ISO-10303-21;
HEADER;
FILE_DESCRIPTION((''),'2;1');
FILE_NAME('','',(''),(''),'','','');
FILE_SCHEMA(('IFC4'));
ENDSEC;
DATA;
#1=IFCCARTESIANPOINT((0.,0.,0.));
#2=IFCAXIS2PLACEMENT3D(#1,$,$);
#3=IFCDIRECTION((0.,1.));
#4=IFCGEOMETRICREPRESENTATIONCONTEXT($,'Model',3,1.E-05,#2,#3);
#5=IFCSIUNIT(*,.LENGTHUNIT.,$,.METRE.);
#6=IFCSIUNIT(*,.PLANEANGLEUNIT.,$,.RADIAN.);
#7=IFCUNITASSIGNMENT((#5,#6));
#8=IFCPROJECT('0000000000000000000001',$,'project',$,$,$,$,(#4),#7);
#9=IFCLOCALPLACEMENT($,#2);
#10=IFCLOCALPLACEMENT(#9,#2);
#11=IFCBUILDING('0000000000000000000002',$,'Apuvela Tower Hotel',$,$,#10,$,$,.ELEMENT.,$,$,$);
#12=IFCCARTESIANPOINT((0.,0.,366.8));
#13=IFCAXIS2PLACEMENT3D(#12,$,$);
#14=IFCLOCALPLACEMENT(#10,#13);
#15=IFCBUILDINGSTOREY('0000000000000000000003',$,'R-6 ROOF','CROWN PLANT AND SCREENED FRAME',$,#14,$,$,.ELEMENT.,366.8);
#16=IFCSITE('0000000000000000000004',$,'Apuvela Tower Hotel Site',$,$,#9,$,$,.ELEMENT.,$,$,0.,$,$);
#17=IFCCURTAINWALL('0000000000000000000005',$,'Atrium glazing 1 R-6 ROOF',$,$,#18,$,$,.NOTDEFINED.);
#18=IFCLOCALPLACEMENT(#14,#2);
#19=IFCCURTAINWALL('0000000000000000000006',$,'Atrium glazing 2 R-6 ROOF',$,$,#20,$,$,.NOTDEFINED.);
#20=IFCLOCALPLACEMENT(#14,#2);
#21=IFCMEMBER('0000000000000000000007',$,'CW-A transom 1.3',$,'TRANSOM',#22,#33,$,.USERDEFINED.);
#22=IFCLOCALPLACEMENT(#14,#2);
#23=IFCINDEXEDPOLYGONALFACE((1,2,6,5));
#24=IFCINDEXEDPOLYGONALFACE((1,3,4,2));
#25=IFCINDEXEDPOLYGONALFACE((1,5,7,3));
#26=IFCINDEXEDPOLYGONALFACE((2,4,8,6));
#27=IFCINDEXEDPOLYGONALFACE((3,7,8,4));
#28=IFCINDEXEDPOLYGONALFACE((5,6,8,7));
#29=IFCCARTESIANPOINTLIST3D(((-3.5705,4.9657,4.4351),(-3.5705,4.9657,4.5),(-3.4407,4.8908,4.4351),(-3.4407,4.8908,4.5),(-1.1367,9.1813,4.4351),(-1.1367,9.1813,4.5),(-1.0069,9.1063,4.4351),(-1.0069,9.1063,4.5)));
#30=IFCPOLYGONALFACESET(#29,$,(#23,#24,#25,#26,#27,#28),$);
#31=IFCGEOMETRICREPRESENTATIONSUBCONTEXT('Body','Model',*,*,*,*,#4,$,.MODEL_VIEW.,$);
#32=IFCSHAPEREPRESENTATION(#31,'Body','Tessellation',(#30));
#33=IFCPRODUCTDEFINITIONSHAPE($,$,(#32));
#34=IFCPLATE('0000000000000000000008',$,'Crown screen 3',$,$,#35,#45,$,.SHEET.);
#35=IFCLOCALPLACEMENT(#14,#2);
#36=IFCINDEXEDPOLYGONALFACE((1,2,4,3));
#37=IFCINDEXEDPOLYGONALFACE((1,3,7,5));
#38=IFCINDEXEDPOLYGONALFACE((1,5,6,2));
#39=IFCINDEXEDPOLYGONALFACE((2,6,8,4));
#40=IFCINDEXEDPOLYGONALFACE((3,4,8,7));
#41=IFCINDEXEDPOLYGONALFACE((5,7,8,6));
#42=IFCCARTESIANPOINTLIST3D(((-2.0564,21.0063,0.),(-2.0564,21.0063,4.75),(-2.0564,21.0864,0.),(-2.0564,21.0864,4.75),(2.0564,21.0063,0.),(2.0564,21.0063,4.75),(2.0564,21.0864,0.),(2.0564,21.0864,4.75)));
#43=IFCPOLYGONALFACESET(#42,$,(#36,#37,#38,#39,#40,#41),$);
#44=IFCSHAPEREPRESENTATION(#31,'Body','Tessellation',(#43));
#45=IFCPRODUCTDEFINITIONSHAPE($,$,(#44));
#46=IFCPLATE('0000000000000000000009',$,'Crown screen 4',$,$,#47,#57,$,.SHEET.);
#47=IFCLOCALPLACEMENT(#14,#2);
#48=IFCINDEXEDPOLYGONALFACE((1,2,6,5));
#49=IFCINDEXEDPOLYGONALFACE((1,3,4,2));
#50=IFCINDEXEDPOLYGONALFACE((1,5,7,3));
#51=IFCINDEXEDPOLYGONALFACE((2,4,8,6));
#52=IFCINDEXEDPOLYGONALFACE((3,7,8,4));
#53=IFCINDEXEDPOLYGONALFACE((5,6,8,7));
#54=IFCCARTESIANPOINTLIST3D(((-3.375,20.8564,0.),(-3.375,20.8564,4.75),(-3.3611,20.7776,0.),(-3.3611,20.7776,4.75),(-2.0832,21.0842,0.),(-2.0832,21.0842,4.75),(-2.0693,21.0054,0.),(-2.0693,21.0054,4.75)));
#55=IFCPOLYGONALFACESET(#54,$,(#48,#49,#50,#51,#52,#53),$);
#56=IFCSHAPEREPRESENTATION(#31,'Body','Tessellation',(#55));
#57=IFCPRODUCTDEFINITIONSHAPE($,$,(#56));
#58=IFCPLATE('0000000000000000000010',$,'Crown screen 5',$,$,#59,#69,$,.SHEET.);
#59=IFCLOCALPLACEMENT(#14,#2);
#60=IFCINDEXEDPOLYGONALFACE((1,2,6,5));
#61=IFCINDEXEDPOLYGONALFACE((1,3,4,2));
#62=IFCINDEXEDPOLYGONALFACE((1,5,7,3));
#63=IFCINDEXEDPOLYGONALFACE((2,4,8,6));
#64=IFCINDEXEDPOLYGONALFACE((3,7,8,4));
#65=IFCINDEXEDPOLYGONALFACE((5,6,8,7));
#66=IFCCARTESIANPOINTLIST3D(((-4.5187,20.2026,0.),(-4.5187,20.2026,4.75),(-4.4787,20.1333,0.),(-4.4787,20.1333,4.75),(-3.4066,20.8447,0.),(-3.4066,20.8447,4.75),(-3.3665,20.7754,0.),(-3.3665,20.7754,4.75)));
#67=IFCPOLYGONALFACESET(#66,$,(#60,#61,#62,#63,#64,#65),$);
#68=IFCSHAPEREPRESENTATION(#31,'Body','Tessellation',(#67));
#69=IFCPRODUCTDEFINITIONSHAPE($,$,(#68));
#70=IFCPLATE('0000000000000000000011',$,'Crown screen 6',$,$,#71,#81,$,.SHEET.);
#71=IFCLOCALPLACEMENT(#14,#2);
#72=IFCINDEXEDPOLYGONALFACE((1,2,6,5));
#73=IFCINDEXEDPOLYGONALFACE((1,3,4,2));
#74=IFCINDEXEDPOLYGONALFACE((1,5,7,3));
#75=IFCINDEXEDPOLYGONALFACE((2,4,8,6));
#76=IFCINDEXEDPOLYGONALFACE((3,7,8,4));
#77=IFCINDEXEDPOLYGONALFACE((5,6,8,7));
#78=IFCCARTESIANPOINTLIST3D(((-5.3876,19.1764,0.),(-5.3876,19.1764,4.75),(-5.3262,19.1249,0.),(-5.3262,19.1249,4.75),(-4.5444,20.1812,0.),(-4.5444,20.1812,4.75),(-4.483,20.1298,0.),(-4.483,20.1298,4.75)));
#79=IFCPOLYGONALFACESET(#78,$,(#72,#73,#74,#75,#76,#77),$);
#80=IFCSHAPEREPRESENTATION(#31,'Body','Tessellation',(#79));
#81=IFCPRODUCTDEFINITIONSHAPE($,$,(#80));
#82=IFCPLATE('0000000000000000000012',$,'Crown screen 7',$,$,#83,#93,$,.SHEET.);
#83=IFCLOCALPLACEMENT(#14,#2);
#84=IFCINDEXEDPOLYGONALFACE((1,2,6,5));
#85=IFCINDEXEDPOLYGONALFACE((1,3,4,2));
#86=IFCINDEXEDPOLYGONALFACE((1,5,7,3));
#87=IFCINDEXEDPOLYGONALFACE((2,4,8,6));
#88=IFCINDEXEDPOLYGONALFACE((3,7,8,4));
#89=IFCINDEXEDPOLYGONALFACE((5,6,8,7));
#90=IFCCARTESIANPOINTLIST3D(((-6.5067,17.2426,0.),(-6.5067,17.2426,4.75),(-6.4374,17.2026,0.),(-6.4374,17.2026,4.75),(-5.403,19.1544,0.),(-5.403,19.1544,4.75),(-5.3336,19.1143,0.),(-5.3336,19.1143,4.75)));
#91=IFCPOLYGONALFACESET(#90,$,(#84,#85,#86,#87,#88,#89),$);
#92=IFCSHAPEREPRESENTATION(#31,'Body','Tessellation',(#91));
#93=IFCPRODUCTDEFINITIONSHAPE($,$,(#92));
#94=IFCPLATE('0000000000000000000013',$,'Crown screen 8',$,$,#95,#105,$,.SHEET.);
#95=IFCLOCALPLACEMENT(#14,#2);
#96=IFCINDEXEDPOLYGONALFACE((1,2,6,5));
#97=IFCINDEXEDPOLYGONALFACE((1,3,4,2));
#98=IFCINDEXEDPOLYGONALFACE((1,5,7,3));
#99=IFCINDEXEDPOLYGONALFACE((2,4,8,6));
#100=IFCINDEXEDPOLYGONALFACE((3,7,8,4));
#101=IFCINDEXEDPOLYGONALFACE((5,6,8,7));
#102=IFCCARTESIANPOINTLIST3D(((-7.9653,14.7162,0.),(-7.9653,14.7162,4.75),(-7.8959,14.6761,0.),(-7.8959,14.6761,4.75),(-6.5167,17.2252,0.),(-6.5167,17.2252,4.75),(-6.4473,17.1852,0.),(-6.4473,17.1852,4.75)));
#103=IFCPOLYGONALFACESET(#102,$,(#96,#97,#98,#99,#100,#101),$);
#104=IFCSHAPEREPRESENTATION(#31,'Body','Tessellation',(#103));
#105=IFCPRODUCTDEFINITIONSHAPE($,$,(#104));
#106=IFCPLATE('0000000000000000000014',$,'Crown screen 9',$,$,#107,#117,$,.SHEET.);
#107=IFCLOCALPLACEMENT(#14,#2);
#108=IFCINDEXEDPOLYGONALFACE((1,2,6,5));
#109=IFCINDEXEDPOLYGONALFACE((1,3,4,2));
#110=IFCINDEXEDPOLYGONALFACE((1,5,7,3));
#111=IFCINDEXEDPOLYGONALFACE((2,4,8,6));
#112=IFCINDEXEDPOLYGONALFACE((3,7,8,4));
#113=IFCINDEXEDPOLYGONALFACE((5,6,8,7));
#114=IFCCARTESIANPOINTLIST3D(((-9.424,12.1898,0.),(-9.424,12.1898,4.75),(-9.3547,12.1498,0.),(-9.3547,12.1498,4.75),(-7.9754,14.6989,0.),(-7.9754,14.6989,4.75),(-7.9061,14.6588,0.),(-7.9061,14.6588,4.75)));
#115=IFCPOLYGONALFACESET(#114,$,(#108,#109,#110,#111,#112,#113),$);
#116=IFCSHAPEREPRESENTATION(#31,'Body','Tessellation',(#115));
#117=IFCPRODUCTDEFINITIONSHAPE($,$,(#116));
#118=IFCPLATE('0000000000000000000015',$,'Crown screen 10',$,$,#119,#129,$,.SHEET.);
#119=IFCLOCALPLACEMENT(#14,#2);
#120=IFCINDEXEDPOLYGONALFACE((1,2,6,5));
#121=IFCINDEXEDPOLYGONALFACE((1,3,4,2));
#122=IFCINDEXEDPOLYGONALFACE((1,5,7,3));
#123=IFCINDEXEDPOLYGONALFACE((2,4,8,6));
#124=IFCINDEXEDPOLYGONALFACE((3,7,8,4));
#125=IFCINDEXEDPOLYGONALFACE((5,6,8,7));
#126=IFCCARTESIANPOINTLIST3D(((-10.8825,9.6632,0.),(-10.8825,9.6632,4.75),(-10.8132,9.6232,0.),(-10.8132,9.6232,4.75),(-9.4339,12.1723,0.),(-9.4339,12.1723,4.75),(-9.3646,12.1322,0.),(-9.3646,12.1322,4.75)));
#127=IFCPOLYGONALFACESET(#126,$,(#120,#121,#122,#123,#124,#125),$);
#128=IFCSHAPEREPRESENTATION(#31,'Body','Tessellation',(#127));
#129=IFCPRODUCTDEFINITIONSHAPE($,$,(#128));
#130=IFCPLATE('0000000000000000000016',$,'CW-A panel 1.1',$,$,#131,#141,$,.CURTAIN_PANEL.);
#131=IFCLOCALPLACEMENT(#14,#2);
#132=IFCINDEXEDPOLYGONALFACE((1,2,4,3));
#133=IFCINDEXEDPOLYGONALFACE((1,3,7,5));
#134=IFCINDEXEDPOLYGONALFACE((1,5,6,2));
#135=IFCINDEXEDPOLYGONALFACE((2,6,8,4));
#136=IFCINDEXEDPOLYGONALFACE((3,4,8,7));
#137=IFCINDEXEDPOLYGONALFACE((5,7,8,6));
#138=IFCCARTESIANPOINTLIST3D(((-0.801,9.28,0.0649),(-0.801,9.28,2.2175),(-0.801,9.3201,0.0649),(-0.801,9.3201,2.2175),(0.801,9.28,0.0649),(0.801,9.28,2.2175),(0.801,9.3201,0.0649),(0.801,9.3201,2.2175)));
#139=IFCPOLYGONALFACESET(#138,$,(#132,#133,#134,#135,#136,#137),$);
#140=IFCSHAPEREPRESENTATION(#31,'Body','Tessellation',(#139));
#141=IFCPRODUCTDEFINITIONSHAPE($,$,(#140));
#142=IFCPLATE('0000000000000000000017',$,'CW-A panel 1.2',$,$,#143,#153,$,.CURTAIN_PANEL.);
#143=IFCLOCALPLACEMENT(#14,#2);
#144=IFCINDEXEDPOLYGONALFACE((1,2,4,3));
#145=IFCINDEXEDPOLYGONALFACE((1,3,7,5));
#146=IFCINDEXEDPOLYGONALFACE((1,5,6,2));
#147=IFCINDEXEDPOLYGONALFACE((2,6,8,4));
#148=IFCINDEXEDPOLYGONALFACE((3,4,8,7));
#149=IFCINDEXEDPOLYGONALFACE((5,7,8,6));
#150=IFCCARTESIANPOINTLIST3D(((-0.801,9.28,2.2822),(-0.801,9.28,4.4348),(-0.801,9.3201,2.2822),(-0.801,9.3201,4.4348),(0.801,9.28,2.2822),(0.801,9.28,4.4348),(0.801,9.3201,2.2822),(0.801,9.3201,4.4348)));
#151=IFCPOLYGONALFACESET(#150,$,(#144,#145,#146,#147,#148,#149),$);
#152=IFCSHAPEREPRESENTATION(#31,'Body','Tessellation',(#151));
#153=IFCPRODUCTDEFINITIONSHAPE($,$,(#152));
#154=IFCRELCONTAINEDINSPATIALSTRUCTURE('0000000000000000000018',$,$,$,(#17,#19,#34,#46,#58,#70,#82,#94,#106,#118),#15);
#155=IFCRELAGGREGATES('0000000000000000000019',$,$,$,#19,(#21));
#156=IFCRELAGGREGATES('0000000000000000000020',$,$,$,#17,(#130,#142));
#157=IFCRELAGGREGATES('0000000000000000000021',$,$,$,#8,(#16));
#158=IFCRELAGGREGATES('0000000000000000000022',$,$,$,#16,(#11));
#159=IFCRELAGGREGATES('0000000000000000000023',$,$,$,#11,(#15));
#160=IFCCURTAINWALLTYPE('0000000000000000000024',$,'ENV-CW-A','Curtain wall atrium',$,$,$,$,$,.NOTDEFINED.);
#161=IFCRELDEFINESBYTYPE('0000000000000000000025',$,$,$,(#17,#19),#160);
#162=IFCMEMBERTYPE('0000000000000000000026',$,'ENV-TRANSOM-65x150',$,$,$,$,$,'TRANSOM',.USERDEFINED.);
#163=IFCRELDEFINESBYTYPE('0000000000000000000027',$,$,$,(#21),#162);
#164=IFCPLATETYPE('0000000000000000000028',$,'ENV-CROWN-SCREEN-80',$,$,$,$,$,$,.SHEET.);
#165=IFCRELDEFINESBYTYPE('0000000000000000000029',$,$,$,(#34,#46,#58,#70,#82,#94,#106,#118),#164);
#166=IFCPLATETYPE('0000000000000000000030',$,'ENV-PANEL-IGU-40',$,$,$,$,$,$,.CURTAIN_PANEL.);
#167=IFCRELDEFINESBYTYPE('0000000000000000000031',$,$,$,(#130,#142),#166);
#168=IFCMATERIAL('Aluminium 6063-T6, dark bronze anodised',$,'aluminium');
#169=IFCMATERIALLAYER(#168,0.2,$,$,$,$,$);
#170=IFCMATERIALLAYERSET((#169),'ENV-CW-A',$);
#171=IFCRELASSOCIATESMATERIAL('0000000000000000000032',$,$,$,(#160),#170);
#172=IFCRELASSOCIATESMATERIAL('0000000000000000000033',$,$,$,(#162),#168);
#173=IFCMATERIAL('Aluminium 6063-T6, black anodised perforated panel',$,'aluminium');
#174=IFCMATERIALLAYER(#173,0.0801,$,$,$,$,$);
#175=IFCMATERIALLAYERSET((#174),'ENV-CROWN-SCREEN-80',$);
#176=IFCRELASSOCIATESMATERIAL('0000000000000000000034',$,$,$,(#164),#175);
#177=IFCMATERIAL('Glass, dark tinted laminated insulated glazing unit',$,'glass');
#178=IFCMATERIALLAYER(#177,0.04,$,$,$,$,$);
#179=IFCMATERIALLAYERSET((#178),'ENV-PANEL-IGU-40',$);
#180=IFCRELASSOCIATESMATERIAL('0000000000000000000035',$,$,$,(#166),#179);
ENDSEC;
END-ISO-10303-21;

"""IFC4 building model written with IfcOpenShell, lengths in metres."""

from ifc_helpers import new_model, si_unit, direction, frame, origin, origin_2d, place, context, subcontext, project, spatial, rectangle, extrude, material, layer, layer_set, material_profile, profile_set, type_object, element, aggregate, save


model = new_model("IFC4")

# Units and contexts
model_context = context("Model", 3, precision=1e-05, world=origin(), true_north=direction((0.0, 1.0)))
body_context = subcontext(model_context, "Body", "Model", "MODEL_VIEW")
ifc_project = project(units=[si_unit("LENGTHUNIT", "METRE"), si_unit("PLANEANGLEUNIT", "RADIAN")], contexts=[model_context])

# Site, building, storey
site_placement = place(None, origin())
site = spatial("IfcSite", under=ifc_project, at=site_placement, Name="Apuvela Tower Hotel Site", CompositionType="ELEMENT", RefElevation=0.0)
building_placement = place(site_placement, origin())
building = spatial("IfcBuilding", under=site, at=building_placement, Name="Apuvela Tower Hotel", CompositionType="ELEMENT")
storey_placement = place(building_placement, frame((0.0, 0.0, 366.8)))
storey = spatial("IfcBuildingStorey", under=building, at=storey_placement, Name="R-6 ROOF", Description="CROWN PLANT AND SCREENED FRAME", CompositionType="ELEMENT", Elevation=366.8)

# Curtain wall
ifc_material_1 = material(Name="Aluminium 6063-T6, dark bronze anodised", Category="aluminium")
ifc_layer_1 = layer(ifc_material_1, 0.2)
ifc_layer_set_1 = layer_set([ifc_layer_1], Name="ENV-CW-A")
curtain_wall_type = type_object("IfcCurtainWallType", Name="ENV-CW-A", Description="Curtain wall atrium", PredefinedType="NOTDEFINED", material=ifc_layer_set_1)
curtain_wall_1_placement = place(storey_placement, origin())
curtain_wall_1 = element("IfcCurtainWall", 1, at=curtain_wall_1_placement, inside=storey, type_object=curtain_wall_type, Name="Atrium glazing 1 R-6 ROOF", PredefinedType="NOTDEFINED")

# Curtain wall, member
curtain_wall_2_placement = place(storey_placement, origin())
curtain_wall_2 = element("IfcCurtainWall", 2, at=curtain_wall_2_placement, inside=storey, type_object=curtain_wall_type, Name="Atrium glazing 2 R-6 ROOF", PredefinedType="NOTDEFINED")
ifc_material_profile_1 = material_profile(ifc_material_1, rectangle(XDim=0.1499, YDim=0.0649, at=origin_2d()), Name="AL 65x150 transom")
ifc_profile_set_1 = profile_set([ifc_material_profile_1], Name="Aluminium 6063-T6, dark bronze anodised")
member_type_1 = type_object("IfcMemberType", Name="ENV-TRANSOM-65x150", ElementType="TRANSOM", PredefinedType="USERDEFINED", material=ifc_profile_set_1)
member_1_placement = place(storey_placement, frame((-1.0718, 9.1438, 4.4675), z_axis=(-0.499996, -0.866028, 0.0), x_axis=(0.866028, -0.499996, 0.0)))
member_1 = element("IfcMember", 3, at=member_1_placement, type_object=member_type_1, Name="CW-A transom 1.3", ObjectType="TRANSOM", PredefinedType="USERDEFINED", context=body_context, shape_type="SweptSolid", body=[
    extrude(rectangle(XDim=0.1499, YDim=0.0649, at=origin_2d()), origin(), (0.0, 0.0, 1.0), 4.8677),
])
aggregate(curtain_wall_2, [member_1])

# Plates
ifc_material_2 = material(Name="Aluminium 6063-T6, black anodised perforated panel", Category="aluminium")
ifc_layer_2 = layer(ifc_material_2, 0.0801)
ifc_layer_set_2 = layer_set([ifc_layer_2], Name="ENV-CROWN-SCREEN-80")
plate_type_1 = type_object("IfcPlateType", Name="ENV-CROWN-SCREEN-80", PredefinedType="SHEET", material=ifc_layer_set_2)
plate_1_placement = place(storey_placement, frame((0.0, 21.0464, 0.0), z_axis=(0.0, 0.0, 1.0), x_axis=(-1.0, 0.0, 0.0)))
element("IfcPlate", 4, at=plate_1_placement, inside=storey, type_object=plate_type_1, Name="Crown screen 3", PredefinedType="SHEET", context=body_context, shape_type="SweptSolid", body=[
    extrude(rectangle(XDim=4.1128, YDim=0.0801, at=origin_2d()), origin(), (0.0, 0.0, 1.0), 4.75),
])
plate_2_placement = place(storey_placement, frame((-2.7222, 20.9309, 0.0), z_axis=(0.0, 0.0, 1.0), x_axis=(-0.984808, -0.173648, 0.0)))
element("IfcPlate", 5, at=plate_2_placement, inside=storey, type_object=plate_type_1, Name="Crown screen 4", PredefinedType="SHEET", context=body_context, shape_type="SweptSolid", body=[
    extrude(rectangle(XDim=1.3118, YDim=0.0801, at=origin_2d()), origin(), (0.0, 0.0, 1.0), 4.75),
])
plate_3_placement = place(storey_placement, frame((-3.9426, 20.489, 0.0), z_axis=(0.0, 0.0, 1.0), x_axis=(-0.866025, -0.5, 0.0)))
element("IfcPlate", 6, at=plate_3_placement, inside=storey, type_object=plate_type_1, Name="Crown screen 5", PredefinedType="SHEET", context=body_context, shape_type="SweptSolid", body=[
    extrude(rectangle(XDim=1.2842, YDim=0.0801, at=origin_2d()), origin(), (0.0, 0.0, 1.0), 4.75),
])
plate_4_placement = place(storey_placement, frame((-4.9353, 19.6531, 0.0), z_axis=(0.0, 0.0, 1.0), x_axis=(-0.642788, -0.766044, 0.0)))
element("IfcPlate", 7, at=plate_4_placement, inside=storey, type_object=plate_type_1, Name="Crown screen 6", PredefinedType="SHEET", context=body_context, shape_type="SweptSolid", body=[
    extrude(rectangle(XDim=1.3118, YDim=0.0801, at=origin_2d()), origin(), (0.0, 0.0, 1.0), 4.75),
])
plate_5_placement = place(storey_placement, frame((-5.9202, 18.1785, 0.0), z_axis=(0.0, 0.0, 1.0), x_axis=(-0.5, -0.866025, 0.0)))
element("IfcPlate", 8, at=plate_5_placement, inside=storey, type_object=plate_type_1, Name="Crown screen 7", PredefinedType="SHEET", context=body_context, shape_type="SweptSolid", body=[
    extrude(rectangle(XDim=2.2075, YDim=0.0801, at=origin_2d()), origin(), (0.0, 0.0, 1.0), 4.75),
])
for number, where, z_axis, x_axis, name in (
    (9, (-7.2063, 15.9507, 0.0), (0.0, 0.0, 1.0), (-0.5, -0.866025, 0.0), "Crown screen 8"),
    (10, (-8.665, 13.4243, 0.0), (0.0, 0.0, 1.0), (-0.5, -0.866025, 0.0), "Crown screen 9"),
    (11, (-10.1235, 10.8977, 0.0), (0.0, 0.0, 1.0), (-0.5, -0.866025, 0.0), "Crown screen 10"),
):
    element("IfcPlate", number, at=place(storey_placement, frame(where, z_axis=z_axis, x_axis=x_axis)), inside=storey, type_object=plate_type_1, Name=name, PredefinedType="SHEET", context=body_context, shape_type="SweptSolid", body=[
        extrude(rectangle(XDim=2.8972, YDim=0.0801, at=origin_2d()), origin(), (0.0, 0.0, 1.0), 4.75),
    ])

# Plates
ifc_material_3 = material(Name="Glass, dark tinted laminated insulated glazing unit", Category="glass")
ifc_layer_3 = layer(ifc_material_3, 0.04)
ifc_layer_set_3 = layer_set([ifc_layer_3], Name="ENV-PANEL-IGU-40")
plate_type_2 = type_object("IfcPlateType", Name="ENV-PANEL-IGU-40", PredefinedType="CURTAIN_PANEL", material=ifc_layer_set_3)
plate_6_placement = place(storey_placement, frame((0.0, 9.3, 0.0649), z_axis=(0.0, 0.0, 1.0), x_axis=(-1.0, 0.0, 0.0)))
plate_6 = element("IfcPlate", 12, at=plate_6_placement, type_object=plate_type_2, Name="CW-A panel 1.1", PredefinedType="CURTAIN_PANEL", context=body_context, shape_type="SweptSolid", body=[
    extrude(rectangle(XDim=1.6021, YDim=0.04, at=origin_2d()), origin(), (0.0, 0.0, 1.0), 2.1526),
])
plate_7_placement = place(storey_placement, frame((0.0, 9.3, 2.2822), z_axis=(0.0, 0.0, 1.0), x_axis=(-1.0, 0.0, 0.0)))
plate_7 = element("IfcPlate", 13, at=plate_7_placement, type_object=plate_type_2, Name="CW-A panel 1.2", PredefinedType="CURTAIN_PANEL", context=body_context, shape_type="SweptSolid", body=[
    extrude(rectangle(XDim=1.6021, YDim=0.04, at=origin_2d()), origin(), (0.0, 0.0, 1.0), 2.1526),
])
aggregate(curtain_wall_1, [plate_6, plate_7])

save(model, "model.ifc")
